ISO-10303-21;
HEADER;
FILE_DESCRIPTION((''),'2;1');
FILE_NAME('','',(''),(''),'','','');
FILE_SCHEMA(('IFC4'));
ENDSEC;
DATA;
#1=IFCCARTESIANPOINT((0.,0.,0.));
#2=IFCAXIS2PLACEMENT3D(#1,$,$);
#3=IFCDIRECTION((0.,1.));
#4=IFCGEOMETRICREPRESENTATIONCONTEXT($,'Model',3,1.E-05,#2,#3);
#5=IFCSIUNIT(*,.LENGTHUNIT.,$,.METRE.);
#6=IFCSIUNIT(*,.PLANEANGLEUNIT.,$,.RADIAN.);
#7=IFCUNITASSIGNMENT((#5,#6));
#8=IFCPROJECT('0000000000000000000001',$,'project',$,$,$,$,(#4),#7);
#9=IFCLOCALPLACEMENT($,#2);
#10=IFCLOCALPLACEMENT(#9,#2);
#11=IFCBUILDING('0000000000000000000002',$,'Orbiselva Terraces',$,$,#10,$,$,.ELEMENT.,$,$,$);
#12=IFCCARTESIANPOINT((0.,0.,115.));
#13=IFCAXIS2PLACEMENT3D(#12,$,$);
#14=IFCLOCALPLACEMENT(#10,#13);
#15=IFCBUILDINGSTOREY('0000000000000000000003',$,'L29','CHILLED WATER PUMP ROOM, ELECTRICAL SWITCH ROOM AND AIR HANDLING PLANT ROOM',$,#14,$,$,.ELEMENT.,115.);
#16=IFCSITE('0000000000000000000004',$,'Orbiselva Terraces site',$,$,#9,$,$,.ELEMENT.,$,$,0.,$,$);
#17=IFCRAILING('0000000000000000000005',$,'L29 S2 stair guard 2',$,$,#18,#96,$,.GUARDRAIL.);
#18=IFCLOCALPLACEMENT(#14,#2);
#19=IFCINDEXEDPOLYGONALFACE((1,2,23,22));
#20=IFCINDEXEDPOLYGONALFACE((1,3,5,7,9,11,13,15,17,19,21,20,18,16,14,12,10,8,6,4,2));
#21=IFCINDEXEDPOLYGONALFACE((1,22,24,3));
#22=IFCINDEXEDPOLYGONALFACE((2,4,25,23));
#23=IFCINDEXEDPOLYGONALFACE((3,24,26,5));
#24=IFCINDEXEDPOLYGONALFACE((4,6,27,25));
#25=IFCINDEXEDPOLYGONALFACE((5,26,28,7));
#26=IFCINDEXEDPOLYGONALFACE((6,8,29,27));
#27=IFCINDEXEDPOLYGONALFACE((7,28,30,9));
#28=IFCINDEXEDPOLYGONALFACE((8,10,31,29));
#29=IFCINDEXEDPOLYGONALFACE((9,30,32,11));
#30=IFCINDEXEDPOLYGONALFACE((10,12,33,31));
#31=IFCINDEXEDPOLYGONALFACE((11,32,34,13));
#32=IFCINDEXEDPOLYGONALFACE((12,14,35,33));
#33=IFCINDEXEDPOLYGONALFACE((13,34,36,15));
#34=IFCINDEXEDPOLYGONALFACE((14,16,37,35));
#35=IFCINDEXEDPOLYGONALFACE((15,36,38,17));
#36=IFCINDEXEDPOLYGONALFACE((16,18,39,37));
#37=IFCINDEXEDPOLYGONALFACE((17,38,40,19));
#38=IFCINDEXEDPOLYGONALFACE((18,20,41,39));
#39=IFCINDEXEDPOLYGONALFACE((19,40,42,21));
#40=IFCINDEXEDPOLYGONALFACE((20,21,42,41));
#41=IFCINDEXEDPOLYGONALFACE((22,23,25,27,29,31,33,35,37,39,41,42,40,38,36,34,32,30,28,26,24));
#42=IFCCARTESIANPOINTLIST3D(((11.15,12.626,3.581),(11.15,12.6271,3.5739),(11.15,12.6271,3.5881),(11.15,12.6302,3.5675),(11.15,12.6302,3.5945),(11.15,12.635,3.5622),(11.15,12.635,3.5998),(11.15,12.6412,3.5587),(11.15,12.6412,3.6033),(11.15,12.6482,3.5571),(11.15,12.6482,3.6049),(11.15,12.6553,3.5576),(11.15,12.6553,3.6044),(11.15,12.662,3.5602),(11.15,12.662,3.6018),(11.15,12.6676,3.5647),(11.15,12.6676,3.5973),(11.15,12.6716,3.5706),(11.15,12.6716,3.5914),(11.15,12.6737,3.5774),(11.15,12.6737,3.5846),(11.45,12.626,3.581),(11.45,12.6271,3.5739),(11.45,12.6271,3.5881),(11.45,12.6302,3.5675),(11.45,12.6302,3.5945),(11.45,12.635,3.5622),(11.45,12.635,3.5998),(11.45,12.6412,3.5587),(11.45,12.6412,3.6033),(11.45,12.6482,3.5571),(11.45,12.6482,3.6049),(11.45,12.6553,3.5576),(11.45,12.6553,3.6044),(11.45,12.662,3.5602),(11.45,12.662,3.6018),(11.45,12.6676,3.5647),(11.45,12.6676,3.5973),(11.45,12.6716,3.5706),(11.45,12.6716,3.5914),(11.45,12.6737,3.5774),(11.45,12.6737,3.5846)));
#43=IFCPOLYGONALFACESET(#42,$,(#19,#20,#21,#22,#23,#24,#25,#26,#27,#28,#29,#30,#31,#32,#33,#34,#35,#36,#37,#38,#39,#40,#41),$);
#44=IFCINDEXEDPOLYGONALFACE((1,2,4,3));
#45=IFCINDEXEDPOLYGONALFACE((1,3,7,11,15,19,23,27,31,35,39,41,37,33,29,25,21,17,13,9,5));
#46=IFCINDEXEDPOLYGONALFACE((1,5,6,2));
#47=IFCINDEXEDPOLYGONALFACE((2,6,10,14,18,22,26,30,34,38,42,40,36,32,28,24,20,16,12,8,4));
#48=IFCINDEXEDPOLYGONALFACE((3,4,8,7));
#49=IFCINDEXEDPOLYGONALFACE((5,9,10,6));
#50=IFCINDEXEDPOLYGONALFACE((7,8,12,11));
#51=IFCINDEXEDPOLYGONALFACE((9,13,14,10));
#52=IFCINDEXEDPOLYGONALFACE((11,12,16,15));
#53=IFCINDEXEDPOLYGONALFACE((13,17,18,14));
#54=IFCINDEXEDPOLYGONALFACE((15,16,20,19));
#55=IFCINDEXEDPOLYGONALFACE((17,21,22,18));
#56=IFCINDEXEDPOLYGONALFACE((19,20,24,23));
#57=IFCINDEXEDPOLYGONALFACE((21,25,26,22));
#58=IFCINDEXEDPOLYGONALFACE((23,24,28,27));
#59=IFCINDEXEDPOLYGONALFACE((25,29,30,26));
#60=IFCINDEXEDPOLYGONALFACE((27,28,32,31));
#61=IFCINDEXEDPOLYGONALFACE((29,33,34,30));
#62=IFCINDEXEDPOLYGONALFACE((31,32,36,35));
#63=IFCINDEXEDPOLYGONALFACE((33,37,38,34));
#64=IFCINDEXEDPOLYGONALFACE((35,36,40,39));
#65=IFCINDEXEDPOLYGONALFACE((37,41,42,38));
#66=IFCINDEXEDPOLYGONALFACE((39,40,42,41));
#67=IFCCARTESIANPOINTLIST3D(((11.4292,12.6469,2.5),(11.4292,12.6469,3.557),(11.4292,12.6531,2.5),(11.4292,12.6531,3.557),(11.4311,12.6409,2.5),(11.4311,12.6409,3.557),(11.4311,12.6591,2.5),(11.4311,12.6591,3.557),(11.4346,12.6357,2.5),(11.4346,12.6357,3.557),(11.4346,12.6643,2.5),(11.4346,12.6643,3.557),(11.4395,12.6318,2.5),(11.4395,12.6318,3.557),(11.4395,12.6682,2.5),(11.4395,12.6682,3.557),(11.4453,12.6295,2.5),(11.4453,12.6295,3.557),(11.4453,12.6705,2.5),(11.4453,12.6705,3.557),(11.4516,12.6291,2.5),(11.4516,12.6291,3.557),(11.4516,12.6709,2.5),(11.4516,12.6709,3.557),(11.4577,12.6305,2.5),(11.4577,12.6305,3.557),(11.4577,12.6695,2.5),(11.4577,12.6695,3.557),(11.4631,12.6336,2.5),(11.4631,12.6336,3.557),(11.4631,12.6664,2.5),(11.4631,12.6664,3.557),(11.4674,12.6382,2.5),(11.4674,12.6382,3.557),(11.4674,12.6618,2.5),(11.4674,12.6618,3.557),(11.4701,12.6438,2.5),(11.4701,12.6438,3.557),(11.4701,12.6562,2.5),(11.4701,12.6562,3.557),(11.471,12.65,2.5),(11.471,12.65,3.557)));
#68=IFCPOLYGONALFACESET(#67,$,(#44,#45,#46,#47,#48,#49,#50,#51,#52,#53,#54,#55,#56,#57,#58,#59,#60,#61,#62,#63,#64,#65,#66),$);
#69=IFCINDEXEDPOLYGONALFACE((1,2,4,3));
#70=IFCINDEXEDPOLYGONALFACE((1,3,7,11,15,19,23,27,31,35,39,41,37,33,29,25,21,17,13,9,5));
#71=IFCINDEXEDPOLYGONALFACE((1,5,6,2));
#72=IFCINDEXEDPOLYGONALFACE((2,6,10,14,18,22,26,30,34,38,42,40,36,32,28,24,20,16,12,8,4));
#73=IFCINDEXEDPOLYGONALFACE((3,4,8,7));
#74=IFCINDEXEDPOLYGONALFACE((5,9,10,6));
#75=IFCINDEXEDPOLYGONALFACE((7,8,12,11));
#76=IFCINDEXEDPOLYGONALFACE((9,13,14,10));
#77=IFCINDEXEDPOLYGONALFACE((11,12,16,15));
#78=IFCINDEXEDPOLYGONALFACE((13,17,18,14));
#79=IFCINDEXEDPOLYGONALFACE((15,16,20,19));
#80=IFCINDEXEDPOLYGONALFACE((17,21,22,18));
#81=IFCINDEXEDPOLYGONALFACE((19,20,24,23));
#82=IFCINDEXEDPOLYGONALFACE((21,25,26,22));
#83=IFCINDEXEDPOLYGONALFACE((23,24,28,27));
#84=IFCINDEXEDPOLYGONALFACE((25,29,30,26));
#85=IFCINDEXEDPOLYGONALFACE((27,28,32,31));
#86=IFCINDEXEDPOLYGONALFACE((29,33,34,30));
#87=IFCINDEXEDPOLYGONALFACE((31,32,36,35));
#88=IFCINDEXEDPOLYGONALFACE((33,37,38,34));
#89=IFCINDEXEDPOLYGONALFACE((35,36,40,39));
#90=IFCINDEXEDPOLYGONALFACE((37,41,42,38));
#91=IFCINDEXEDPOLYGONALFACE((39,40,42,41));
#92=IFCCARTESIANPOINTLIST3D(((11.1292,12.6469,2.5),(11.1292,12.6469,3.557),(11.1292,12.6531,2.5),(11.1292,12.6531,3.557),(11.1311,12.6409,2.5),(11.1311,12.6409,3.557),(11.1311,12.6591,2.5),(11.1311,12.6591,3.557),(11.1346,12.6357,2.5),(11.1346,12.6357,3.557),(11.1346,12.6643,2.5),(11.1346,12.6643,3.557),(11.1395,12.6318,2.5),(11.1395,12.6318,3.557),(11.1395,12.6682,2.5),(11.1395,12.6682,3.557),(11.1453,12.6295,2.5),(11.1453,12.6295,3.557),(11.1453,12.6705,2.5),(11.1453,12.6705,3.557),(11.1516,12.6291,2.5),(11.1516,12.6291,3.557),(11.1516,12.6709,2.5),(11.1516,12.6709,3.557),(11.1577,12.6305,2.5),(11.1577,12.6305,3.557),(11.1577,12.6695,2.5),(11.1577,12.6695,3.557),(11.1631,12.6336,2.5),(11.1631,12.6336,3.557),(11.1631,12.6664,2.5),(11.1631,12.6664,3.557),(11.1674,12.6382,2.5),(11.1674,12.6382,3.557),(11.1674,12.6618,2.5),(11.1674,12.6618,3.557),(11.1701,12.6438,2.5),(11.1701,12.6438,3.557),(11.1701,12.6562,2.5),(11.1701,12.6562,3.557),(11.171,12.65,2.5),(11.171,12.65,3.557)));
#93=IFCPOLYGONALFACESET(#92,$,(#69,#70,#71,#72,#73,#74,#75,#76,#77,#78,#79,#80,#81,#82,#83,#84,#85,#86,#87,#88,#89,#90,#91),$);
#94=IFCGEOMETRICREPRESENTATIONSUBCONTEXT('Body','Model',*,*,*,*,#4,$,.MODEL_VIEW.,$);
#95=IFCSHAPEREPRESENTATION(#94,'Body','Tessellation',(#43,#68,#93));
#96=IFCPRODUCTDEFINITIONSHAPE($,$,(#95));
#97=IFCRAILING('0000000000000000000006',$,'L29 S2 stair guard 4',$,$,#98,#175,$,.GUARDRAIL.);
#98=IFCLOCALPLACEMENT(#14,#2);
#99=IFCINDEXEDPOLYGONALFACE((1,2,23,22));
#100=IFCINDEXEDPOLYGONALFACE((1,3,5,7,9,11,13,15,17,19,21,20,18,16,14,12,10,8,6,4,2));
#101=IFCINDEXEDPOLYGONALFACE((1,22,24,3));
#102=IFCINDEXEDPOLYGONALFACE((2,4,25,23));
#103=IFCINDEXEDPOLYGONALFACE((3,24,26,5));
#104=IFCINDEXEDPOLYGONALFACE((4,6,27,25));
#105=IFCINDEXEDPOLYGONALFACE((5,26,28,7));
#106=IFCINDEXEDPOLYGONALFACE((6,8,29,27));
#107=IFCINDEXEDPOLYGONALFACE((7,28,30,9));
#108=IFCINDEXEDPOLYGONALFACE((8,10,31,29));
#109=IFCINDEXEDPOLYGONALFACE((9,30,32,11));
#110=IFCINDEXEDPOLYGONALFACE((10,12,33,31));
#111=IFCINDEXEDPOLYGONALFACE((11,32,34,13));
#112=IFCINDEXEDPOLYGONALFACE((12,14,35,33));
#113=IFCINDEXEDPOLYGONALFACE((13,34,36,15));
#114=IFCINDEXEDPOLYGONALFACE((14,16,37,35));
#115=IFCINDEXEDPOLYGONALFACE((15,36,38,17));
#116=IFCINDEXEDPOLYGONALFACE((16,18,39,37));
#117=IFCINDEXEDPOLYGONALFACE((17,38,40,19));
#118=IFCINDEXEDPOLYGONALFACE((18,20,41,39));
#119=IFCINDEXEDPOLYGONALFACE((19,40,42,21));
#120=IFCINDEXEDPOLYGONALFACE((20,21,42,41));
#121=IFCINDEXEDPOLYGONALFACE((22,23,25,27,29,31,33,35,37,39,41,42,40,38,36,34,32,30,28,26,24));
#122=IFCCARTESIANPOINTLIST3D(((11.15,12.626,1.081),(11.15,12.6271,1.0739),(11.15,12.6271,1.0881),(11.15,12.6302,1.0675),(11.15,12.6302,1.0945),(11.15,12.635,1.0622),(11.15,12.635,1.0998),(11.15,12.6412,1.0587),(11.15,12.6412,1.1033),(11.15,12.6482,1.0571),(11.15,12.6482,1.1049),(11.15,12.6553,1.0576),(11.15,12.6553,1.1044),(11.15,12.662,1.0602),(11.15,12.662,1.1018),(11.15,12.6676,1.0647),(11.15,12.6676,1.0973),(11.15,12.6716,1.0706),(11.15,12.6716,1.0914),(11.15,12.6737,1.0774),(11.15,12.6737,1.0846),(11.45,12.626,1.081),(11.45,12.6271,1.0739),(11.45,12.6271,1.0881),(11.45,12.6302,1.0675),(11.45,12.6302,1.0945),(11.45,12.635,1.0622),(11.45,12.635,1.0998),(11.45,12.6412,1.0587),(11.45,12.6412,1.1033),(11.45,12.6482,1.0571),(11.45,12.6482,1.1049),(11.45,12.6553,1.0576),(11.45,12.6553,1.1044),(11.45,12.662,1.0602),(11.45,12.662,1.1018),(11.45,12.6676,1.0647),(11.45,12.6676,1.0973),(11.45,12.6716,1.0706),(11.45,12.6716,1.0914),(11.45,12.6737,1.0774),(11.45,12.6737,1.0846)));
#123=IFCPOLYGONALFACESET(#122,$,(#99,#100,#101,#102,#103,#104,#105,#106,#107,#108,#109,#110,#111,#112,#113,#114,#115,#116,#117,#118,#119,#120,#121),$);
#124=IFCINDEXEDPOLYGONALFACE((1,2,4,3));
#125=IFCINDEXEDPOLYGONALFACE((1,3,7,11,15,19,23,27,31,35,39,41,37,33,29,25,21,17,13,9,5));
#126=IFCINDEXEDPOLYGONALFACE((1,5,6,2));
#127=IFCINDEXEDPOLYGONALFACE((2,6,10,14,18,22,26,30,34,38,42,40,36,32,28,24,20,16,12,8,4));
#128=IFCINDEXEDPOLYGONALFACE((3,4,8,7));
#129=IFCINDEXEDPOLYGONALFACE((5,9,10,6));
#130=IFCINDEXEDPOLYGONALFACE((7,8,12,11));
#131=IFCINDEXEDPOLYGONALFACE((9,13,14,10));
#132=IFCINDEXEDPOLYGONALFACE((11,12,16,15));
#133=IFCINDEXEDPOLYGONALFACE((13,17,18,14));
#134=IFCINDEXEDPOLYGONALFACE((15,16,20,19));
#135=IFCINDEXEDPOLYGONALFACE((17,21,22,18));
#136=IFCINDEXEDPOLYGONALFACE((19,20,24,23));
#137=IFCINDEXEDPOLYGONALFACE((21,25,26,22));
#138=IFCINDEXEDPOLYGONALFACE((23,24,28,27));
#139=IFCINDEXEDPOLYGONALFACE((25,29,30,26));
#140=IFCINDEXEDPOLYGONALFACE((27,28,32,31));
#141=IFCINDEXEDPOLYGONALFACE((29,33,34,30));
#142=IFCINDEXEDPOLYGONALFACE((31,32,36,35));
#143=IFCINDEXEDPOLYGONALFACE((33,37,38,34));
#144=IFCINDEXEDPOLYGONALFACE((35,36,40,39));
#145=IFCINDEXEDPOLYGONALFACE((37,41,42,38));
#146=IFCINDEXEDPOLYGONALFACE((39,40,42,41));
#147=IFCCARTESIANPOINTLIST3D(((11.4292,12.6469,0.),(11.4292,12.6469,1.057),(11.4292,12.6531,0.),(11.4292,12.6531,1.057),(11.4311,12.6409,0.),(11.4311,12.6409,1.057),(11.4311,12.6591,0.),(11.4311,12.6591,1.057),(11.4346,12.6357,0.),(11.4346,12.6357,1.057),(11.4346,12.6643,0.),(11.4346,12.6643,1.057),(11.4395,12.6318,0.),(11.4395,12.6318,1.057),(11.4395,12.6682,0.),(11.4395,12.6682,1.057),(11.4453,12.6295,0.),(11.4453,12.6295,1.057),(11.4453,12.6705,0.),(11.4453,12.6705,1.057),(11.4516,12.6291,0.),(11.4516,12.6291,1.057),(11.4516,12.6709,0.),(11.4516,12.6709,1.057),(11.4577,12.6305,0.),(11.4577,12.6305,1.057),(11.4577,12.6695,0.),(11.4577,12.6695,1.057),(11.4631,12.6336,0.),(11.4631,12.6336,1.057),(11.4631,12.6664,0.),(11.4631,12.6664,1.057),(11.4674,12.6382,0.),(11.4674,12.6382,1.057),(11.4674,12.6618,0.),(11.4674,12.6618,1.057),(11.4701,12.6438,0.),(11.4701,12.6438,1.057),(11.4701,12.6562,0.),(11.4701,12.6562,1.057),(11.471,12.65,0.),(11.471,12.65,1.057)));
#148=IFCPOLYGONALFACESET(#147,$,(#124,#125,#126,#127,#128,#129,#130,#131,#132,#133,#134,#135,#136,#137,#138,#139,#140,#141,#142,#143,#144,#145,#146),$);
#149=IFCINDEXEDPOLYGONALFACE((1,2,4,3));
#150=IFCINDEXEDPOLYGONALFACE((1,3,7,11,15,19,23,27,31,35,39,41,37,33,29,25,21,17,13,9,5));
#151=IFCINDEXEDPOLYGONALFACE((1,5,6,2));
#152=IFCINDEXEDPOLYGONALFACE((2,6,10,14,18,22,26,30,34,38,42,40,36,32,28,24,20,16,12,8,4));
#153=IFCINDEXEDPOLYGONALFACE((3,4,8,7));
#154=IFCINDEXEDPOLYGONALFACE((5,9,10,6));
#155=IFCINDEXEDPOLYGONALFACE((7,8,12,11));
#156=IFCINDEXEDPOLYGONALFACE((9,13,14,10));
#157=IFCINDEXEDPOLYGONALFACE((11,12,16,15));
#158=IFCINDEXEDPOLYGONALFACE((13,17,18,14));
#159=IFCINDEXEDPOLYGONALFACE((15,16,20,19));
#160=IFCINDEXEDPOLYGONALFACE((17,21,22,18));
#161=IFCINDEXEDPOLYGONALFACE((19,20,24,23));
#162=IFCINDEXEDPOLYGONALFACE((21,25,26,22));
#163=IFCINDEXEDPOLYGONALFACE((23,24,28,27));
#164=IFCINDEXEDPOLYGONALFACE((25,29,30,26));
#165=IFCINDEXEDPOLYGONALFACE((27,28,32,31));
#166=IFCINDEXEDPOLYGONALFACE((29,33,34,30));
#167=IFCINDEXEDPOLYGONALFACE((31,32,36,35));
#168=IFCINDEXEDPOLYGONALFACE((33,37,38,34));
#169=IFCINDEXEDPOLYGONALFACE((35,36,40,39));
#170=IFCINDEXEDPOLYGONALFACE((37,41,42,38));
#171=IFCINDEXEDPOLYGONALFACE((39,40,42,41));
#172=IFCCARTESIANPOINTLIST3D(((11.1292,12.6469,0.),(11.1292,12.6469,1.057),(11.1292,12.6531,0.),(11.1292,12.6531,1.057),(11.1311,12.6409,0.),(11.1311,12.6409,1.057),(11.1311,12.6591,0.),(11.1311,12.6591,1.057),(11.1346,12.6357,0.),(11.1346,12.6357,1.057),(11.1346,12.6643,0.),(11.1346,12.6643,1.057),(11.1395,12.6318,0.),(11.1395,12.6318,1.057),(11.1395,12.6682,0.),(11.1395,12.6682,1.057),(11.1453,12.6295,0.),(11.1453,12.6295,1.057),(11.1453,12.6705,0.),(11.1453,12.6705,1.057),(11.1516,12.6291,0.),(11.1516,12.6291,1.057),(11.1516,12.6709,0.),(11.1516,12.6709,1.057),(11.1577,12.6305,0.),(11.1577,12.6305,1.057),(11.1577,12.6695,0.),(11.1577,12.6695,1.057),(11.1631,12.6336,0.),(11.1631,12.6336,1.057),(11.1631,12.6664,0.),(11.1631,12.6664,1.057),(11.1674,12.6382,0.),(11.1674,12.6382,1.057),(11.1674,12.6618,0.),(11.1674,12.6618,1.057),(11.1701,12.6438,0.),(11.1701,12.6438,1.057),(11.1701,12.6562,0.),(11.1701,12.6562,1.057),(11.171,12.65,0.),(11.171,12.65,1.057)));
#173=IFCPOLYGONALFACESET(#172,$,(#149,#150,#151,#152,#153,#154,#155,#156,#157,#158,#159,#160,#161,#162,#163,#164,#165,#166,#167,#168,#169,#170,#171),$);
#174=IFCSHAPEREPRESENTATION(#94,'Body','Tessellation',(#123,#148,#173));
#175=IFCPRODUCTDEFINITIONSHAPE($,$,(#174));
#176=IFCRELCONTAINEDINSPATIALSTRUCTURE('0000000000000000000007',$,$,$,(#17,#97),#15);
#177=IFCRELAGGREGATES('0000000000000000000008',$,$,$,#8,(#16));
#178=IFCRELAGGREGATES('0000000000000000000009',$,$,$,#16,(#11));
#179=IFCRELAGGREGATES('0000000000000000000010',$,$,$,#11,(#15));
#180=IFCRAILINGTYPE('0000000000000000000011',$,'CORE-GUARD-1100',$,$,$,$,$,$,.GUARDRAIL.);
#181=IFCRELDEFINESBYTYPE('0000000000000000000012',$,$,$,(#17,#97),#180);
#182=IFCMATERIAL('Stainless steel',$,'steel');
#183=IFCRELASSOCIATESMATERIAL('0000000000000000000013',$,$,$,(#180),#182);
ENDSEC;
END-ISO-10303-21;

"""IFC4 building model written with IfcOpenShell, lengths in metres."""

from ifc_helpers import new_model, si_unit, direction, frame, origin, origin_2d, place, context, subcontext, project, spatial, circle, extrude, material, type_object, element, save


model = new_model("IFC4")

# Units and contexts
model_context = context("Model", 3, precision=1e-05, world=origin(), true_north=direction((0.0, 1.0)))
body_context = subcontext(model_context, "Body", "Model", "MODEL_VIEW")
ifc_project = project(units=[si_unit("LENGTHUNIT", "METRE"), si_unit("PLANEANGLEUNIT", "RADIAN")], contexts=[model_context])

# Site, building, storey
site_placement = place(None, origin())
site = spatial("IfcSite", under=ifc_project, at=site_placement, Name="Orbiselva Terraces site", CompositionType="ELEMENT", RefElevation=0.0)
building_placement = place(site_placement, origin())
building = spatial("IfcBuilding", under=site, at=building_placement, Name="Orbiselva Terraces", CompositionType="ELEMENT")
storey_placement = place(building_placement, frame((0.0, 0.0, 115.0)))
storey = spatial("IfcBuildingStorey", under=building, at=storey_placement, Name="L29", Description="CHILLED WATER PUMP ROOM, ELECTRICAL SWITCH ROOM AND AIR HANDLING PLANT ROOM", CompositionType="ELEMENT", Elevation=115.0)

# Railings
ifc_material_1 = material(Name="Stainless steel", Category="steel")
railing_type = type_object("IfcRailingType", Name="CORE-GUARD-1100", PredefinedType="GUARDRAIL", material=ifc_material_1)
railing_1_placement = place(storey_placement, frame((11.45, 12.65, 2.5)))
element("IfcRailing", 1, at=railing_1_placement, inside=storey, type_object=railing_type, Name="L29 S2 stair guard 2", PredefinedType="GUARDRAIL", context=body_context, shape_type="SweptSolid", body=[
    extrude(circle(Radius=0.024, at=origin_2d()), frame((0.0, 0.0, 1.081), z_axis=(-1.0, 0.0, 0.0), x_axis=(0.0, -1.0, 0.0)), (0.0, 0.0, 1.0), 0.3),
    extrude(circle(Radius=0.021, at=origin_2d()), origin(), (0.0, 0.0, 1.0), 1.057),
    extrude(circle(Radius=0.021, at=origin_2d()), frame((-0.3, 0.0, 0.0)), (0.0, 0.0, 1.0), 1.057),
])
railing_2_placement = place(storey_placement, frame((11.45, 12.65, 0.0)))
element("IfcRailing", 2, at=railing_2_placement, inside=storey, type_object=railing_type, Name="L29 S2 stair guard 4", PredefinedType="GUARDRAIL", context=body_context, shape_type="SweptSolid", body=[
    extrude(circle(Radius=0.024, at=origin_2d()), frame((0.0, 0.0, 1.081), z_axis=(-1.0, 0.0, 0.0), x_axis=(0.0, -1.0, 0.0)), (0.0, 0.0, 1.0), 0.3),
    extrude(circle(Radius=0.021, at=origin_2d()), origin(), (0.0, 0.0, 1.0), 1.057),
    extrude(circle(Radius=0.021, at=origin_2d()), frame((-0.3, 0.0, 0.0)), (0.0, 0.0, 1.0), 1.057),
])

save(model, "model.ifc")
